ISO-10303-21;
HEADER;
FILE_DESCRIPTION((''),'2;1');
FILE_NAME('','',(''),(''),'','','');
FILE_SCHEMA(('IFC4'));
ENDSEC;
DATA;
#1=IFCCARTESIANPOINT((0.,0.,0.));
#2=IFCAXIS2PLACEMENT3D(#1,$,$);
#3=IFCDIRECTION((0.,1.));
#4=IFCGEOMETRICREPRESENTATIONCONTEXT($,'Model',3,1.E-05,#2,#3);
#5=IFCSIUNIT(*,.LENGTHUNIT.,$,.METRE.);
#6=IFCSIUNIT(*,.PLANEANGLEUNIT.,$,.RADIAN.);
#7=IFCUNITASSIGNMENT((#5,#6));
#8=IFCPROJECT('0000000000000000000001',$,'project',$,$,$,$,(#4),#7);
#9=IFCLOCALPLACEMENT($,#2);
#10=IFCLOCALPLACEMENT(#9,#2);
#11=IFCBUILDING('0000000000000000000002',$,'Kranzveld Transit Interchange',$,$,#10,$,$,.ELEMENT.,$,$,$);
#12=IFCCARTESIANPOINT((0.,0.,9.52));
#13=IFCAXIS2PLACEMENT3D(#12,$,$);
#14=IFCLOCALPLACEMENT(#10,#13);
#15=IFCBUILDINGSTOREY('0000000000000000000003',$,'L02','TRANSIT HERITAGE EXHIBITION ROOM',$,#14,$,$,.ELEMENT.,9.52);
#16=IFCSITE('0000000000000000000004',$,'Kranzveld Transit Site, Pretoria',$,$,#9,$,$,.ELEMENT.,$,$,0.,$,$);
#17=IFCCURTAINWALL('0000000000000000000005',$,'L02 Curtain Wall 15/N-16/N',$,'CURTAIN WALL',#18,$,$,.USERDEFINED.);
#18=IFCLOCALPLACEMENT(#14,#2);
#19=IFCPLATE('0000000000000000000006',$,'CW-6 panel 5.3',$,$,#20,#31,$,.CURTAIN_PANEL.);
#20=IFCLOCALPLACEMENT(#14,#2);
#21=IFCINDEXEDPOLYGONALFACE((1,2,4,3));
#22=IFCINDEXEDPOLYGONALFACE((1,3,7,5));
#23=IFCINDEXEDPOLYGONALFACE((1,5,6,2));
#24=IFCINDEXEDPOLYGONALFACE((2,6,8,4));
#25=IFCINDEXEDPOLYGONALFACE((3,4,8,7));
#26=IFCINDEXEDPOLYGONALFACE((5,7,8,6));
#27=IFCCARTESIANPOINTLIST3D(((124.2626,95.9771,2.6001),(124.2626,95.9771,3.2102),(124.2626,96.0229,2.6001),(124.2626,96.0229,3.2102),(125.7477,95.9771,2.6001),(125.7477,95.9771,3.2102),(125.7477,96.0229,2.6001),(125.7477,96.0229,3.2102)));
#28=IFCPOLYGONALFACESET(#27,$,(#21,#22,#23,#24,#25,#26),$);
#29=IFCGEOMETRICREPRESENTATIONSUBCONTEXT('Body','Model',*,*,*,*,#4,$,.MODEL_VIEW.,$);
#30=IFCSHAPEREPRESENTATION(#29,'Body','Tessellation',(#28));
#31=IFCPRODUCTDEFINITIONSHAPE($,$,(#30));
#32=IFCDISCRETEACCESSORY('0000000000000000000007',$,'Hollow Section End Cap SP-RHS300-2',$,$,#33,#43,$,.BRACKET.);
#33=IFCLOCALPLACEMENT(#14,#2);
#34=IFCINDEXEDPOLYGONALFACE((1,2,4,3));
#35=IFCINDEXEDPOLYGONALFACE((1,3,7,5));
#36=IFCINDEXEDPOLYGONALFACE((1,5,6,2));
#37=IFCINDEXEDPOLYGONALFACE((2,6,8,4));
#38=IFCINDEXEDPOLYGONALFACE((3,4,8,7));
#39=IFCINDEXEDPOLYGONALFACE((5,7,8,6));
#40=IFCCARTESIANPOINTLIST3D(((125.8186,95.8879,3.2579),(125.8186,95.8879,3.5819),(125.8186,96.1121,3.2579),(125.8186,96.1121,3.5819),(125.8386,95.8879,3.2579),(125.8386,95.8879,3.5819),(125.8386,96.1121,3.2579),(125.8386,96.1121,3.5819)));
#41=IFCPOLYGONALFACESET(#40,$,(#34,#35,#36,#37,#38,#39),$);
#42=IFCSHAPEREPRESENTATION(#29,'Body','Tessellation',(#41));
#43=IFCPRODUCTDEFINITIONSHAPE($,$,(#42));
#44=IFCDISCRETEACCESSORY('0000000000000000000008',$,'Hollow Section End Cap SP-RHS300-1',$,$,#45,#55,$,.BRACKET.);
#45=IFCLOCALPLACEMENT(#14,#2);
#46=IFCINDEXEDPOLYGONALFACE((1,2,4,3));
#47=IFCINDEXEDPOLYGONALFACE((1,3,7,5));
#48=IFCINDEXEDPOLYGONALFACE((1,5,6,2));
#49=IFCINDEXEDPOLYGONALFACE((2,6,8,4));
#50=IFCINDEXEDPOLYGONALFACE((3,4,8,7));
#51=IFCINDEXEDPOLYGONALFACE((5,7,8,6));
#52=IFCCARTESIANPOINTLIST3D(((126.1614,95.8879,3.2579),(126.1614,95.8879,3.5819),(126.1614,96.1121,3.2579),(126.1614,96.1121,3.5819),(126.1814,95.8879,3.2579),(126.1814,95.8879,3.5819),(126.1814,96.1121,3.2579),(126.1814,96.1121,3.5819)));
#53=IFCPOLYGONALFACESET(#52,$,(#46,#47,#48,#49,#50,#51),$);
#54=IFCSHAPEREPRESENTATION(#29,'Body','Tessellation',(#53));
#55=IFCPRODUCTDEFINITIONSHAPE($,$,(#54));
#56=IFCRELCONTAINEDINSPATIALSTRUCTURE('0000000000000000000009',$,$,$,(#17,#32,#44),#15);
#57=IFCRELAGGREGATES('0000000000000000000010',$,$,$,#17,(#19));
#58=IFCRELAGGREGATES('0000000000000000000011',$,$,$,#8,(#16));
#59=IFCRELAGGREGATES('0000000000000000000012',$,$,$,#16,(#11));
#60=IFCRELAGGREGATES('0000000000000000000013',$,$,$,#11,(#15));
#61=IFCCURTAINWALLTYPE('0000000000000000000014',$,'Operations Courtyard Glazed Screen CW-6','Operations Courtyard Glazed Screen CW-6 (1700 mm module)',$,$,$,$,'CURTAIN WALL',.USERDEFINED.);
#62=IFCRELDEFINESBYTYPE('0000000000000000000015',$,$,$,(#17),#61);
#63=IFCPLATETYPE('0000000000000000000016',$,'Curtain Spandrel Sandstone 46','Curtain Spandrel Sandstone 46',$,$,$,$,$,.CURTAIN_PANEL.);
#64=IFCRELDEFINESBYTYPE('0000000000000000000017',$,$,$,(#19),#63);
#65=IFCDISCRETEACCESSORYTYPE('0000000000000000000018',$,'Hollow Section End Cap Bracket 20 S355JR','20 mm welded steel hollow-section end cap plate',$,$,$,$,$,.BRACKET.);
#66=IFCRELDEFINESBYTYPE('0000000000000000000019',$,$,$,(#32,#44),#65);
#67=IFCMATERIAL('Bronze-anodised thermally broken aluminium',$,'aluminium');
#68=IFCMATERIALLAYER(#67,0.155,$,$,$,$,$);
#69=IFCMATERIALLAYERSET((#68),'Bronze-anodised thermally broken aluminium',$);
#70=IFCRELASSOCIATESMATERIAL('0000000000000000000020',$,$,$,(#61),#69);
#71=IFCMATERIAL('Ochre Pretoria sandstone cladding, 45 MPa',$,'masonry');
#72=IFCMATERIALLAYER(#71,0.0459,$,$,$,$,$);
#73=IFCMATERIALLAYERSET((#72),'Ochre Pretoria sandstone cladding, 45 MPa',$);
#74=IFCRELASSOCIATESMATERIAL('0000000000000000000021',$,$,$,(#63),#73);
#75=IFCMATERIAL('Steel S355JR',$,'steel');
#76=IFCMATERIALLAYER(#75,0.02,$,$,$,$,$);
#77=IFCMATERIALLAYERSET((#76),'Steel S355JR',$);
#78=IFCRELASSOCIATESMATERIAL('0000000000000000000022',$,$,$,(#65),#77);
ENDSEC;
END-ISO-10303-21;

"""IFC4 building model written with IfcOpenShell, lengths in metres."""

from ifc_helpers import new_model, si_unit, direction, frame, origin, origin_2d, place, context, subcontext, project, spatial, rectangle, extrude, material, layer, layer_set, type_object, element, aggregate, save


model = new_model("IFC4")

# Units and contexts
model_context = context("Model", 3, precision=1e-05, world=origin(), true_north=direction((0.0, 1.0)))
body_context = subcontext(model_context, "Body", "Model", "MODEL_VIEW")
ifc_project = project(units=[si_unit("LENGTHUNIT", "METRE"), si_unit("PLANEANGLEUNIT", "RADIAN")], contexts=[model_context])

# Site, building, storey
site_placement = place(None, origin())
site = spatial("IfcSite", under=ifc_project, at=site_placement, Name="Kranzveld Transit Site, Pretoria", CompositionType="ELEMENT", RefElevation=0.0)
building_placement = place(site_placement, origin())
building = spatial("IfcBuilding", under=site, at=building_placement, Name="Kranzveld Transit Interchange", CompositionType="ELEMENT")
storey_placement = place(building_placement, frame((0.0, 0.0, 9.52)))
storey = spatial("IfcBuildingStorey", under=building, at=storey_placement, Name="L02", Description="TRANSIT HERITAGE EXHIBITION ROOM", CompositionType="ELEMENT", Elevation=9.52)

# Curtain wall
ifc_material_1 = material(Name="Bronze-anodised thermally broken aluminium", Category="aluminium")
ifc_layer_1 = layer(ifc_material_1, 0.155)
ifc_layer_set_1 = layer_set([ifc_layer_1], Name="Bronze-anodised thermally broken aluminium")
curtain_wall_type_1 = type_object("IfcCurtainWallType", Name="Operations Courtyard Glazed Screen CW-6", Description="Operations Courtyard Glazed Screen CW-6 (1700 mm module)", ElementType="CURTAIN WALL", PredefinedType="USERDEFINED", material=ifc_layer_set_1)
curtain_wall_1_placement = place(storey_placement, origin())
curtain_wall_1 = element("IfcCurtainWall", 1, at=curtain_wall_1_placement, inside=storey, type_object=curtain_wall_type_1, Name="L02 Curtain Wall 15/N-16/N", ObjectType="CURTAIN WALL", PredefinedType="USERDEFINED")

# Plate
ifc_material_2 = material(Name="Ochre Pretoria sandstone cladding, 45 MPa", Category="masonry")
ifc_layer_2 = layer(ifc_material_2, 0.0459)
ifc_layer_set_2 = layer_set([ifc_layer_2], Name="Ochre Pretoria sandstone cladding, 45 MPa")
plate_type_1 = type_object("IfcPlateType", Name="Curtain Spandrel Sandstone 46", Description="Curtain Spandrel Sandstone 46", PredefinedType="CURTAIN_PANEL", material=ifc_layer_set_2)
plate_1_placement = place(storey_placement, frame((125.0051, 96.0, 2.6001), z_axis=(0.0, 0.0, 1.0), x_axis=(1.0, 0.0, 0.0)))
plate_1 = element("IfcPlate", 2, at=plate_1_placement, type_object=plate_type_1, Name="CW-6 panel 5.3", PredefinedType="CURTAIN_PANEL", context=body_context, shape_type="SweptSolid", body=[
    extrude(rectangle(XDim=1.4851, YDim=0.0459, at=origin_2d()), origin(), (0.0, 0.0, 1.0), 0.6101),
])
aggregate(curtain_wall_1, [plate_1])

# Discrete accessories
ifc_material_3 = material(Name="Steel S355JR", Category="steel")
ifc_layer_3 = layer(ifc_material_3, 0.02)
ifc_layer_set_3 = layer_set([ifc_layer_3], Name="Steel S355JR")
discrete_accessory_type = type_object("IfcDiscreteAccessoryType", Name="Hollow Section End Cap Bracket 20 S355JR", Description="20 mm welded steel hollow-section end cap plate", PredefinedType="BRACKET", material=ifc_layer_set_3)
for number, where, z_axis, x_axis, name in (
    (3, (125.8186, 96.0, 3.4199), (1.0, 0.0, 0.0), (0.0, 1.0, 0.0), "Hollow Section End Cap SP-RHS300-2"),
    (4, (126.1814, 96.0, 3.4199), (-1.0, 0.0, 0.0), (0.0, -1.0, 0.0), "Hollow Section End Cap SP-RHS300-1"),
):
    element("IfcDiscreteAccessory", number, at=place(storey_placement, frame(where, z_axis=z_axis, x_axis=x_axis)), inside=storey, type_object=discrete_accessory_type, Name=name, PredefinedType="BRACKET", context=body_context, shape_type="SweptSolid", body=[
        extrude(rectangle(XDim=0.2241, YDim=0.324, at=origin_2d()), origin(), (0.0, 0.0, 1.0), 0.02),
    ])

save(model, "model.ifc")
